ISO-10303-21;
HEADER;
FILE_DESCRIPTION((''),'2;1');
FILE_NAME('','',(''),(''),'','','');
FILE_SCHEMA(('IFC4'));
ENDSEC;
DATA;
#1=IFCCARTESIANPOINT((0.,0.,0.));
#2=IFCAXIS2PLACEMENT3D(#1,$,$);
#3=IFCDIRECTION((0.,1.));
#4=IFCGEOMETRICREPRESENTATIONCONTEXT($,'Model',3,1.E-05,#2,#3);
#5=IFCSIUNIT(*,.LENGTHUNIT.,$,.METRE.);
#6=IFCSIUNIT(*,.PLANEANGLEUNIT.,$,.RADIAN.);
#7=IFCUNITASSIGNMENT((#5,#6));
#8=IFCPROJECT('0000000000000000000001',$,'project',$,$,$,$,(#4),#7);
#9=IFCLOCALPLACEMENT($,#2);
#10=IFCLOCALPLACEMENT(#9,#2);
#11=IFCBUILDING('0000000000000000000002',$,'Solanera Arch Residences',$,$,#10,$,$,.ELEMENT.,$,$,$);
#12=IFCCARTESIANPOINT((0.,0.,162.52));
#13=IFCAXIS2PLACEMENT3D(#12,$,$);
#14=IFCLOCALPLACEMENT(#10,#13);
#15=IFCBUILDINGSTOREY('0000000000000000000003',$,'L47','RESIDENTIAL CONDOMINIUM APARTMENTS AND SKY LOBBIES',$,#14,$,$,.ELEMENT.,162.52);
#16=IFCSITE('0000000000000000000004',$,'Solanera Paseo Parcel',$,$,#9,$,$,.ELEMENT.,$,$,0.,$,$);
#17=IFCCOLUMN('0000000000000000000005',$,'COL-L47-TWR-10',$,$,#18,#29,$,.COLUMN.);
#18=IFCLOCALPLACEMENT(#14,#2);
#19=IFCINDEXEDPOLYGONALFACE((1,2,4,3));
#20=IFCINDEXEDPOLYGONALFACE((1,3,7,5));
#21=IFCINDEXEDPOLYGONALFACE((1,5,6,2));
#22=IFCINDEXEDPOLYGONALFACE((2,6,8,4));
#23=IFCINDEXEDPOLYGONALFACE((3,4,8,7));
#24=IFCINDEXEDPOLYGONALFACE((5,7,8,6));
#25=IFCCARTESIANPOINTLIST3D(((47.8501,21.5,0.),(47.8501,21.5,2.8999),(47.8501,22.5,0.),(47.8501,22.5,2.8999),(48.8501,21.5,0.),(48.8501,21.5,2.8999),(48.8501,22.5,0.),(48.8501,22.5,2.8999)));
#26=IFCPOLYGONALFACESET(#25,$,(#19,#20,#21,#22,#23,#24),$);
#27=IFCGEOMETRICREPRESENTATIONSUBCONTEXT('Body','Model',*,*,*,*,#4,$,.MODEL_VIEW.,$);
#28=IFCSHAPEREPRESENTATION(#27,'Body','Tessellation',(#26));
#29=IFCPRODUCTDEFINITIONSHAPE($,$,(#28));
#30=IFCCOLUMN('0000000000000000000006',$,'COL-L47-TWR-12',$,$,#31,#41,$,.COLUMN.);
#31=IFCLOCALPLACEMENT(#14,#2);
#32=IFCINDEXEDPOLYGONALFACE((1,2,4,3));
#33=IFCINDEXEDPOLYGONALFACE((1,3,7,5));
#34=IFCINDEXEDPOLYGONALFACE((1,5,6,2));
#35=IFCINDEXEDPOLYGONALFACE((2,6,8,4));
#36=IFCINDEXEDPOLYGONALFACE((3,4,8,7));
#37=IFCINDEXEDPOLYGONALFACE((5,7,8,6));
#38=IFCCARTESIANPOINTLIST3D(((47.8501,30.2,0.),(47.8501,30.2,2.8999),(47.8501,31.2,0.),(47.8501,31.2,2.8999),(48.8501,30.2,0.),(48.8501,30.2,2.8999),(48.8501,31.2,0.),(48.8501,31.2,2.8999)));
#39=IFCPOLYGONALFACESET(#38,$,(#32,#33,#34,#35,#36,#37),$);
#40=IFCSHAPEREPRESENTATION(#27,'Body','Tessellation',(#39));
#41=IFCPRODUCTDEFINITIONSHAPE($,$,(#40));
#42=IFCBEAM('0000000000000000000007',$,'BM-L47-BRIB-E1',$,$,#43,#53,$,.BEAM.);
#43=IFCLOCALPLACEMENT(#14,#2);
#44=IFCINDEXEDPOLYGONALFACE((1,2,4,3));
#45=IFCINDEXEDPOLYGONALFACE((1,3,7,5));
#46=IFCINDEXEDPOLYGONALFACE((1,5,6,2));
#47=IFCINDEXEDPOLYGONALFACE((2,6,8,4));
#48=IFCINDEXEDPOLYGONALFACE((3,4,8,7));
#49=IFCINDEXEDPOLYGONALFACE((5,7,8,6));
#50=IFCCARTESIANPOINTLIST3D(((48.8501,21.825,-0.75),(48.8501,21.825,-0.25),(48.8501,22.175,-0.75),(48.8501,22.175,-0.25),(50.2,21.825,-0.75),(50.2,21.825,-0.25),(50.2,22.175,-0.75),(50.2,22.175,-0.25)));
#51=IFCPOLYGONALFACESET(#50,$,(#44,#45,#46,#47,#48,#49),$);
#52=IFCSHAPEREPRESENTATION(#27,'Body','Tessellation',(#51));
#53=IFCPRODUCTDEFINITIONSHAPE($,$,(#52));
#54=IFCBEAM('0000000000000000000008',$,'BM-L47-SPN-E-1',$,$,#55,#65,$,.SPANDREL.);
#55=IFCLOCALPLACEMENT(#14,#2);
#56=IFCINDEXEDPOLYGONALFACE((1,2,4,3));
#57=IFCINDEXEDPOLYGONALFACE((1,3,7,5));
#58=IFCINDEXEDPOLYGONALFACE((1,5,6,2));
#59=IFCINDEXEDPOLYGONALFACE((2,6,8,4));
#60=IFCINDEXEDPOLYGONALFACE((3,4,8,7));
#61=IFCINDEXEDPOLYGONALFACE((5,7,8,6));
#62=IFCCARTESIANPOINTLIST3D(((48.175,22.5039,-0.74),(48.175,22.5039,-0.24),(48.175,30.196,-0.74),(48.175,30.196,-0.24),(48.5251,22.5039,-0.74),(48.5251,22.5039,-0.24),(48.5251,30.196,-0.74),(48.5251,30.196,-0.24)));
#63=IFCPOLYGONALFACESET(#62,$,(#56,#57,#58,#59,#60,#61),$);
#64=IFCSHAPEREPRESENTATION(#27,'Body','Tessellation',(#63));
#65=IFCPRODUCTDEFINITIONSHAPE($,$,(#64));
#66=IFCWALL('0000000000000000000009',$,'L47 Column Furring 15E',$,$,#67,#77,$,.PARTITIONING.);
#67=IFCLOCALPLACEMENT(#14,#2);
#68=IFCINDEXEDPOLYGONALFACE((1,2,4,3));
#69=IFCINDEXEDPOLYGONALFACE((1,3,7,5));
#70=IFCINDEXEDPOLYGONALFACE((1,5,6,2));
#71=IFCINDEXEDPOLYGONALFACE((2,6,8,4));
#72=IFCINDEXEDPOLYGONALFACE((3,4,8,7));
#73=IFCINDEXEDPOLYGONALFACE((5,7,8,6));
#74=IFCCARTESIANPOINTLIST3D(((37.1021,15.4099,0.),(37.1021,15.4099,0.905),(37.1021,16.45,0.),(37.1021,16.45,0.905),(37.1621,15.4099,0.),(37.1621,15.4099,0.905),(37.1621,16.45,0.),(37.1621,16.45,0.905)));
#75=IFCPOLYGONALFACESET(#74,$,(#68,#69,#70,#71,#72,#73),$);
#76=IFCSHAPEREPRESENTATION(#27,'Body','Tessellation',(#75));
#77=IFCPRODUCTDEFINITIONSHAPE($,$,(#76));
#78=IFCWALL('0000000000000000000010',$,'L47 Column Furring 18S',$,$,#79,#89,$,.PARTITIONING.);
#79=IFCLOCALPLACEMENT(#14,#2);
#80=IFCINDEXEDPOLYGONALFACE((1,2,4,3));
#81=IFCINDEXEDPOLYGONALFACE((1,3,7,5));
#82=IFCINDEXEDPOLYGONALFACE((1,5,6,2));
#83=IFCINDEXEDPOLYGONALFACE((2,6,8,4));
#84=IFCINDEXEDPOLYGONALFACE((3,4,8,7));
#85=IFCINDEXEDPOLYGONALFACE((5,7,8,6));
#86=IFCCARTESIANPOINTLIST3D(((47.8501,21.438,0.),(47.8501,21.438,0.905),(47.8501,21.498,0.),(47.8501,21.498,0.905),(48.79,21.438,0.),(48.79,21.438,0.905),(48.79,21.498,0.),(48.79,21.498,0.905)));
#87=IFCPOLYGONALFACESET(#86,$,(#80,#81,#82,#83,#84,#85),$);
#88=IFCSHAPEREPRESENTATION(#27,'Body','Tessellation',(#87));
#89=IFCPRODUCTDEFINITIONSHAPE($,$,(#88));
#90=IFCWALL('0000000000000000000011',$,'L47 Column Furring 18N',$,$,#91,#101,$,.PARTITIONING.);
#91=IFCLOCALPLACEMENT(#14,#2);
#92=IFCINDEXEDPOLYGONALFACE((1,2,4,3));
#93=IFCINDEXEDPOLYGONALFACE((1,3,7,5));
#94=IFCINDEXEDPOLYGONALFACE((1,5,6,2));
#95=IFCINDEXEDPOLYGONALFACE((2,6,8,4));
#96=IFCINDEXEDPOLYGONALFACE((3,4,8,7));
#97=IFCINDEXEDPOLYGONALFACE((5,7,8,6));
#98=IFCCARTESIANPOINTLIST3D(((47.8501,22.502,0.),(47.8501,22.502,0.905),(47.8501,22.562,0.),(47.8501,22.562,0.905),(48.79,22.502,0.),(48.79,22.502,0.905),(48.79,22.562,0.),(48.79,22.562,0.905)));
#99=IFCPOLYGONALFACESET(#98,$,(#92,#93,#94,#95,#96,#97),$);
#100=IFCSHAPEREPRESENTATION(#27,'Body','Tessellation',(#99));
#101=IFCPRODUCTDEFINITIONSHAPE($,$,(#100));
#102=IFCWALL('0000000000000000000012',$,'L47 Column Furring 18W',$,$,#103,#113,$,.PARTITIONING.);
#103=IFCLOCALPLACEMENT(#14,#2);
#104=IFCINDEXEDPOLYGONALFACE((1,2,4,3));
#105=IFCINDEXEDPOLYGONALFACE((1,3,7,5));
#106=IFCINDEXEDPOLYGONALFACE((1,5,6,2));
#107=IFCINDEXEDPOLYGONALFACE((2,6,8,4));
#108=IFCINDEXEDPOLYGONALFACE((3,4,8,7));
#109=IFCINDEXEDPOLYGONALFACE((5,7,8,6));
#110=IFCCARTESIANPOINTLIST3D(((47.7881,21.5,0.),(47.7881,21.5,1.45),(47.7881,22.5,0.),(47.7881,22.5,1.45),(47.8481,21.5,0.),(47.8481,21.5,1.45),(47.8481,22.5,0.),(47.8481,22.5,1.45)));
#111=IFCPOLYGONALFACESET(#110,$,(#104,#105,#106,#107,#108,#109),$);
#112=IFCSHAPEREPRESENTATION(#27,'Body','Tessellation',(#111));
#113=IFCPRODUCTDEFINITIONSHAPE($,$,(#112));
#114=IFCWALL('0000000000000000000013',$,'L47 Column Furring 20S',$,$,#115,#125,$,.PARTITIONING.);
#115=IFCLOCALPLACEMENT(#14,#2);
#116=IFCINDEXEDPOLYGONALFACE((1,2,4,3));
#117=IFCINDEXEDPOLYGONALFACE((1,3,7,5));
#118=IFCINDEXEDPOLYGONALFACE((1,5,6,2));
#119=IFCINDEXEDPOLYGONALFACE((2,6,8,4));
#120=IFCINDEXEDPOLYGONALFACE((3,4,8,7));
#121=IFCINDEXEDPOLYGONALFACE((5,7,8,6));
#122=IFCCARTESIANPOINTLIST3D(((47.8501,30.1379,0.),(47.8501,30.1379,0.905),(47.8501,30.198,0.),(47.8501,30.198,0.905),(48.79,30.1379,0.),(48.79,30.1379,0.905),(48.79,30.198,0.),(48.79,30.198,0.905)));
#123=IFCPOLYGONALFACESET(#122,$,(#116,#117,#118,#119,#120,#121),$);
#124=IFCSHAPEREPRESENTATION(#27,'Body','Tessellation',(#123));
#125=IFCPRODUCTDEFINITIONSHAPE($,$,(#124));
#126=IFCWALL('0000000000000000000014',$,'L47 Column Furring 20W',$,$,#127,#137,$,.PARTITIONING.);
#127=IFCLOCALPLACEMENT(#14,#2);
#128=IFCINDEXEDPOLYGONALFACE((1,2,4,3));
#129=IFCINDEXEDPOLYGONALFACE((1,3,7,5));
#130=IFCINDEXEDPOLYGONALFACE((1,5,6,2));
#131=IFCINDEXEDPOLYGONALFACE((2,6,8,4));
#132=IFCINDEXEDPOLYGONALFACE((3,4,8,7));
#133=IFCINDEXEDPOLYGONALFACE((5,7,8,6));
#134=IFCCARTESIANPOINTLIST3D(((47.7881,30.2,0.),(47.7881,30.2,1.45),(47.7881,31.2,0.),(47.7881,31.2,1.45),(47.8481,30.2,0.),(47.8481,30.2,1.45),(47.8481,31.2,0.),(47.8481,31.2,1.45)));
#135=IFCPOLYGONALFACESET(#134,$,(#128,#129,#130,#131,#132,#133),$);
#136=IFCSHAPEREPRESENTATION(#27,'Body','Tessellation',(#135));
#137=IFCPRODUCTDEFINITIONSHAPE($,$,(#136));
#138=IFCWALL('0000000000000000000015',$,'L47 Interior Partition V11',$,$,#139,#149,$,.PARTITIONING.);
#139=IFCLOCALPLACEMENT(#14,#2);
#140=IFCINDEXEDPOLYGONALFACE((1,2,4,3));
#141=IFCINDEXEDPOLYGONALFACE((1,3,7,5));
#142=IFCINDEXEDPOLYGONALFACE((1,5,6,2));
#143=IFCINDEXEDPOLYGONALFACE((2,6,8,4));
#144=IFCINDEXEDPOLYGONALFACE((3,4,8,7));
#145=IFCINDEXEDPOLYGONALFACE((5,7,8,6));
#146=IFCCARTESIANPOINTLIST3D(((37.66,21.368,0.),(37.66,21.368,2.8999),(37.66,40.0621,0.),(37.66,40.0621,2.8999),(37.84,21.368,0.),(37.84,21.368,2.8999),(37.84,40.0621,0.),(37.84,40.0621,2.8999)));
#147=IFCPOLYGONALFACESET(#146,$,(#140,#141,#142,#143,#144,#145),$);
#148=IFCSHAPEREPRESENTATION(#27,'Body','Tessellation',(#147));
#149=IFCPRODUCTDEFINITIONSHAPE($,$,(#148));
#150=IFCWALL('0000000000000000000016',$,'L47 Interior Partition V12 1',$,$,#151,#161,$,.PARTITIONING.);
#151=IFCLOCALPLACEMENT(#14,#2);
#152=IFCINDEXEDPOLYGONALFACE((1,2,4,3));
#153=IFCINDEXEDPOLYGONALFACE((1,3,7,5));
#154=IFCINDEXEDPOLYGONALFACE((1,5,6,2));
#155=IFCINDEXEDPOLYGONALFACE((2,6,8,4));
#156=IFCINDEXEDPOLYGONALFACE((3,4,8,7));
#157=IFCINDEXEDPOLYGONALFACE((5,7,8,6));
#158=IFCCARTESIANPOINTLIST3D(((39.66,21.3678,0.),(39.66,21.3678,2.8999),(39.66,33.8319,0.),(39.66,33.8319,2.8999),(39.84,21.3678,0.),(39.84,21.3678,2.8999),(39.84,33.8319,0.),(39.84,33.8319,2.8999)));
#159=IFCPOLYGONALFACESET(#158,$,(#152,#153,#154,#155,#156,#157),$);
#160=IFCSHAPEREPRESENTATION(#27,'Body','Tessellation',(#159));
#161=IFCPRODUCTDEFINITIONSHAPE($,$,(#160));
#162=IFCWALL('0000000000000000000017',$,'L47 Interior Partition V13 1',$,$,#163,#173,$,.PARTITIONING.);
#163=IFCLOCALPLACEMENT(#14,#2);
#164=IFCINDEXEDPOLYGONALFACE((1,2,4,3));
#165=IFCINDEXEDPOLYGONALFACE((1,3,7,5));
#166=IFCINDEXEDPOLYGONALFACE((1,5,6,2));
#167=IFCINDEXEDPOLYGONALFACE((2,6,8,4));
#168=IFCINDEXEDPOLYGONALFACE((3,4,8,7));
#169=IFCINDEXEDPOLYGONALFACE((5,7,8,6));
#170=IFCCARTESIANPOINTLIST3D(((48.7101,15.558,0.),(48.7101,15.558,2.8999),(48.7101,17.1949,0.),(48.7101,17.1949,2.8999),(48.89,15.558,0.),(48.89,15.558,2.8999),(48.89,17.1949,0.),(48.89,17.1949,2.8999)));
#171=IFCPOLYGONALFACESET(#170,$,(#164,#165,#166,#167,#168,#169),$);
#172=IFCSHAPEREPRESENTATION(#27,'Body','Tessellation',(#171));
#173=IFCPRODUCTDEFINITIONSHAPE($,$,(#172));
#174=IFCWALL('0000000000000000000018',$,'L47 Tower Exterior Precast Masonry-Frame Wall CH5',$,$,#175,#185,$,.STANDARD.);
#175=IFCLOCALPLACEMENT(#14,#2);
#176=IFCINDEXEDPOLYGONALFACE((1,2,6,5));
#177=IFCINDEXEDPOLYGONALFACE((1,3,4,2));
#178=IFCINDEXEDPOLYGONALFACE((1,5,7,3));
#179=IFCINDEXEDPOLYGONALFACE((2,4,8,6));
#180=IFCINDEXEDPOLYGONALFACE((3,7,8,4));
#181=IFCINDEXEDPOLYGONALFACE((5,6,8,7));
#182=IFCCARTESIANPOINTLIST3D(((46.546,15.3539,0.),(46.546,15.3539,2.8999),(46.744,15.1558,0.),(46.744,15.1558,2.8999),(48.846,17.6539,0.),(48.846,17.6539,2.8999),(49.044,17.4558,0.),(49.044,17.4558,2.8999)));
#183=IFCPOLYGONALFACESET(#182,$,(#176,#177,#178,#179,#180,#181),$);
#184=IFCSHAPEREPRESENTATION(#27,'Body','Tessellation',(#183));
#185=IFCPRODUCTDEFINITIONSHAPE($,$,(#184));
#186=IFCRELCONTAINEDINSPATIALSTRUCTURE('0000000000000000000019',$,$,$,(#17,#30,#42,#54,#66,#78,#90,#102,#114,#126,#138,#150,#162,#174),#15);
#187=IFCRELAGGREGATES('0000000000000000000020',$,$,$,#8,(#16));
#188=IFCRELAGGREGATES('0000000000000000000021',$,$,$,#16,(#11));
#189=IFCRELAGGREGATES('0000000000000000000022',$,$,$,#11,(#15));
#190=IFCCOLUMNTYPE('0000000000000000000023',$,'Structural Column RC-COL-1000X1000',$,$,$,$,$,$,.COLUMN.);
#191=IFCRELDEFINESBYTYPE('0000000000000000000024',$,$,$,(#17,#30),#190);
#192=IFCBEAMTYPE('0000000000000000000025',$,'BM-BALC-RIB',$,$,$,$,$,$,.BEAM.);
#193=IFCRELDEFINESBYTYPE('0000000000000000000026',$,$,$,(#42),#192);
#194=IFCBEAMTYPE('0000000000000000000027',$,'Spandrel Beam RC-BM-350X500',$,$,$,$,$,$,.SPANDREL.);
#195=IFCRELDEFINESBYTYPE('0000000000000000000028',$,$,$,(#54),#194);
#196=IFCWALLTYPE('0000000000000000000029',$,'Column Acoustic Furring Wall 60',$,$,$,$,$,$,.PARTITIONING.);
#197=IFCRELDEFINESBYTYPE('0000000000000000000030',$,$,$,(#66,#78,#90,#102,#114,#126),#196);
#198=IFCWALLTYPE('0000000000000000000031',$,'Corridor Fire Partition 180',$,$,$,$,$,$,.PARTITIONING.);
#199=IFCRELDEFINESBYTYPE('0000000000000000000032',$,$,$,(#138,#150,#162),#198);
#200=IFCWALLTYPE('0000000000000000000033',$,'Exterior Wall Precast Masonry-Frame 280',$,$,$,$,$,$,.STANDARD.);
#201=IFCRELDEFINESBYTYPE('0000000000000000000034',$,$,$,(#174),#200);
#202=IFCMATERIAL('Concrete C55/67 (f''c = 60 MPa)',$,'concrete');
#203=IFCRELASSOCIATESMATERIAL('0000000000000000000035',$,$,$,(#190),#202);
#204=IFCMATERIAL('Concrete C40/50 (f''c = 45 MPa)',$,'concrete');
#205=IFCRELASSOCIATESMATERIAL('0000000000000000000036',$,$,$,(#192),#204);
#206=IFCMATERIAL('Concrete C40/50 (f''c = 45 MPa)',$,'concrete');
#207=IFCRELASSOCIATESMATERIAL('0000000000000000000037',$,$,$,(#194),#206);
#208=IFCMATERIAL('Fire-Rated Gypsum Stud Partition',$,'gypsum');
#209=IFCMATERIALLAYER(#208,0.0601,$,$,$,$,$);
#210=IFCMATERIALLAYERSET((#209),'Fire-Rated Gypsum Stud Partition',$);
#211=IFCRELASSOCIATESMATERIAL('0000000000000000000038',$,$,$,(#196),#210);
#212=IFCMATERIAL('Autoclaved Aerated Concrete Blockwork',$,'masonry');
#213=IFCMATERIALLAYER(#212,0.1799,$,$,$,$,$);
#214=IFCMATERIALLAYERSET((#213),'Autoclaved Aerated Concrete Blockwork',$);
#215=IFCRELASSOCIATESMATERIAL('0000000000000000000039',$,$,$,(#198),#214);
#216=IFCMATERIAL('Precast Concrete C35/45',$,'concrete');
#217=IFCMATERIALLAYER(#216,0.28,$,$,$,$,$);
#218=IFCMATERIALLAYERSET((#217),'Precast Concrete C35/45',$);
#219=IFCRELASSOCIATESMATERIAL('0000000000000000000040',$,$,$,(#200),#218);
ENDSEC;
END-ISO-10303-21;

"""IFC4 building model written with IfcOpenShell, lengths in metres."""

from ifc_helpers import new_model, si_unit, direction, frame, frame_2d, origin, origin_2d, place, context, subcontext, project, spatial, rectangle, extrude, material, layer, layer_set, material_profile, profile_set, type_object, element, save


model = new_model("IFC4")

# Units and contexts
model_context = context("Model", 3, precision=1e-05, world=origin(), true_north=direction((0.0, 1.0)))
body_context = subcontext(model_context, "Body", "Model", "MODEL_VIEW")
ifc_project = project(units=[si_unit("LENGTHUNIT", "METRE"), si_unit("PLANEANGLEUNIT", "RADIAN")], contexts=[model_context])

# Site, building, storey
site_placement = place(None, origin())
site = spatial("IfcSite", under=ifc_project, at=site_placement, Name="Solanera Paseo Parcel", CompositionType="ELEMENT", RefElevation=0.0)
building_placement = place(site_placement, origin())
building = spatial("IfcBuilding", under=site, at=building_placement, Name="Solanera Arch Residences", CompositionType="ELEMENT")
storey_placement = place(building_placement, frame((0.0, 0.0, 162.52)))
storey = spatial("IfcBuildingStorey", under=building, at=storey_placement, Name="L47", Description="RESIDENTIAL CONDOMINIUM APARTMENTS AND SKY LOBBIES", CompositionType="ELEMENT", Elevation=162.52)

# Columns
ifc_material_1 = material(Name="Concrete C55/67 (f'c = 60 MPa)", Category="concrete")
ifc_material_profile_1 = material_profile(ifc_material_1, rectangle(XDim=1.0, YDim=1.0, at=origin_2d()))
ifc_profile_set_1 = profile_set([ifc_material_profile_1], Name="Concrete C55/67 (f'c = 60 MPa)")
column_type = type_object("IfcColumnType", Name="Structural Column RC-COL-1000X1000", PredefinedType="COLUMN", material=ifc_profile_set_1)
for number, where, z_axis, x_axis, name in (
    (1, (48.3501, 22.0, 0.0), (0.0, 0.0, 1.0), (1.0, 0.0, 0.0), "COL-L47-TWR-10"),
    (2, (48.3501, 30.7, 0.0), (0.0, 0.0, 1.0), (1.0, 0.0, 0.0), "COL-L47-TWR-12"),
):
    element("IfcColumn", number, at=place(storey_placement, frame(where, z_axis=z_axis, x_axis=x_axis)), inside=storey, type_object=column_type, Name=name, PredefinedType="COLUMN", context=body_context, shape_type="SweptSolid", body=[
        extrude(rectangle(XDim=1.0, YDim=1.0, at=origin_2d()), origin(), (0.0, 0.0, 1.0), 2.8999),
    ])

# Beams
ifc_material_2 = material(Name="Concrete C40/50 (f'c = 45 MPa)", Category="concrete")
ifc_material_profile_2 = material_profile(ifc_material_2, rectangle(XDim=0.3501, YDim=0.5, at=origin_2d()))
ifc_profile_set_2 = profile_set([ifc_material_profile_2], Name="Concrete C40/50 (f'c = 45 MPa)")
beam_type_1 = type_object("IfcBeamType", Name="BM-BALC-RIB", PredefinedType="BEAM", material=ifc_profile_set_2)
beam_1_placement = place(storey_placement, frame((48.8501, 22.0, -0.5), z_axis=(1.0, 0.0, 0.0), x_axis=(0.0, 1.0, 0.0)))
element("IfcBeam", 3, at=beam_1_placement, inside=storey, type_object=beam_type_1, Name="BM-L47-BRIB-E1", PredefinedType="BEAM", context=body_context, shape_type="SweptSolid", body=[
    extrude(rectangle(XDim=0.3501, YDim=0.5, at=origin_2d()), origin(), (0.0, 0.0, 1.0), 1.3499),
])
ifc_material_3 = material(Name="Concrete C40/50 (f'c = 45 MPa)", Category="concrete")
ifc_material_profile_3 = material_profile(ifc_material_3, rectangle(XDim=0.3501, YDim=0.5, at=origin_2d()))
ifc_profile_set_3 = profile_set([ifc_material_profile_3], Name="Concrete C40/50 (f'c = 45 MPa)")
beam_type_2 = type_object("IfcBeamType", Name="Spandrel Beam RC-BM-350X500", PredefinedType="SPANDREL", material=ifc_profile_set_3)
beam_2_placement = place(storey_placement, frame((48.3501, 22.5039, -0.49), z_axis=(0.0, 1.0, 0.0), x_axis=(-1.0, 0.0, 0.0)))
element("IfcBeam", 4, at=beam_2_placement, inside=storey, type_object=beam_type_2, Name="BM-L47-SPN-E-1", PredefinedType="SPANDREL", context=body_context, shape_type="SweptSolid", body=[
    extrude(rectangle(XDim=0.3501, YDim=0.5, at=origin_2d()), origin(), (0.0, 0.0, 1.0), 7.6921),
])

# Walls
ifc_material_4 = material(Name="Fire-Rated Gypsum Stud Partition", Category="gypsum")
ifc_layer_1 = layer(ifc_material_4, 0.0601)
ifc_layer_set_1 = layer_set([ifc_layer_1], Name="Fire-Rated Gypsum Stud Partition")
wall_type_1 = type_object("IfcWallType", Name="Column Acoustic Furring Wall 60", PredefinedType="PARTITIONING", material=ifc_layer_set_1)
wall_1_placement = place(storey_placement, frame((37.1321, 15.4099, 0.0), z_axis=(0.0, 0.0, 1.0), x_axis=(0.0, 1.0, 0.0)))
element("IfcWall", 5, at=wall_1_placement, inside=storey, type_object=wall_type_1, Name="L47 Column Furring 15E", PredefinedType="PARTITIONING", context=body_context, shape_type="SweptSolid", body=[
    extrude(rectangle(XDim=1.04, YDim=0.0601, at=frame_2d((0.52, 0.0))), origin(), (0.0, 0.0, 1.0), 0.905),
])
for number, where, z_axis, x_axis, name in (
    (6, (47.8501, 21.468, 0.0), (0.0, 0.0, 1.0), (1.0, 0.0, 0.0), "L47 Column Furring 18S"),
    (7, (47.8501, 22.532, 0.0), (0.0, 0.0, 1.0), (1.0, 0.0, 0.0), "L47 Column Furring 18N"),
):
    element("IfcWall", number, at=place(storey_placement, frame(where, z_axis=z_axis, x_axis=x_axis)), inside=storey, type_object=wall_type_1, Name=name, PredefinedType="PARTITIONING", context=body_context, shape_type="SweptSolid", body=[
        extrude(rectangle(XDim=0.9399, YDim=0.0601, at=frame_2d((0.47, 0.0))), origin(), (0.0, 0.0, 1.0), 0.905),
    ])
wall_2_placement = place(storey_placement, frame((47.8181, 21.5, 0.0), z_axis=(0.0, 0.0, 1.0), x_axis=(0.0, 1.0, 0.0)))
element("IfcWall", 8, at=wall_2_placement, inside=storey, type_object=wall_type_1, Name="L47 Column Furring 18W", PredefinedType="PARTITIONING", context=body_context, shape_type="SweptSolid", body=[
    extrude(rectangle(XDim=1.0, YDim=0.0601, at=frame_2d((0.5, 0.0))), origin(), (0.0, 0.0, 1.0), 1.45),
])
wall_3_placement = place(storey_placement, frame((47.8501, 30.168, 0.0), z_axis=(0.0, 0.0, 1.0), x_axis=(1.0, 0.0, 0.0)))
element("IfcWall", 9, at=wall_3_placement, inside=storey, type_object=wall_type_1, Name="L47 Column Furring 20S", PredefinedType="PARTITIONING", context=body_context, shape_type="SweptSolid", body=[
    extrude(rectangle(XDim=0.9399, YDim=0.0601, at=frame_2d((0.47, 0.0))), origin(), (0.0, 0.0, 1.0), 0.905),
])
wall_4_placement = place(storey_placement, frame((47.8181, 30.2, 0.0), z_axis=(0.0, 0.0, 1.0), x_axis=(0.0, 1.0, 0.0)))
element("IfcWall", 10, at=wall_4_placement, inside=storey, type_object=wall_type_1, Name="L47 Column Furring 20W", PredefinedType="PARTITIONING", context=body_context, shape_type="SweptSolid", body=[
    extrude(rectangle(XDim=1.0, YDim=0.0601, at=frame_2d((0.5, 0.0))), origin(), (0.0, 0.0, 1.0), 1.45),
])
ifc_material_5 = material(Name="Autoclaved Aerated Concrete Blockwork", Category="masonry")
ifc_layer_2 = layer(ifc_material_5, 0.1799)
ifc_layer_set_2 = layer_set([ifc_layer_2], Name="Autoclaved Aerated Concrete Blockwork")
wall_type_2 = type_object("IfcWallType", Name="Corridor Fire Partition 180", PredefinedType="PARTITIONING", material=ifc_layer_set_2)
wall_5_placement = place(storey_placement, frame((37.75, 21.3679, 0.0), z_axis=(0.0, 0.0, 1.0), x_axis=(0.0, 1.0, 0.0)))
element("IfcWall", 11, at=wall_5_placement, inside=storey, type_object=wall_type_2, Name="L47 Interior Partition V11", PredefinedType="PARTITIONING", context=body_context, shape_type="SweptSolid", body=[
    extrude(rectangle(XDim=18.6941, YDim=0.1799, at=frame_2d((9.3472, 0.0))), origin(), (0.0, 0.0, 1.0), 2.8999),
])
wall_6_placement = place(storey_placement, frame((39.75, 21.3679, 0.0), z_axis=(0.0, 0.0, 1.0), x_axis=(0.0, 1.0, 0.0)))
element("IfcWall", 12, at=wall_6_placement, inside=storey, type_object=wall_type_2, Name="L47 Interior Partition V12 1", PredefinedType="PARTITIONING", context=body_context, shape_type="SweptSolid", body=[
    extrude(rectangle(XDim=12.4641, YDim=0.1799, at=frame_2d((6.2319, 0.0))), origin(), (0.0, 0.0, 1.0), 2.8999),
])
wall_7_placement = place(storey_placement, frame((48.8, 15.5581, 0.0), z_axis=(0.0, 0.0, 1.0), x_axis=(0.0, 1.0, 0.0)))
element("IfcWall", 13, at=wall_7_placement, inside=storey, type_object=wall_type_2, Name="L47 Interior Partition V13 1", PredefinedType="PARTITIONING", context=body_context, shape_type="SweptSolid", body=[
    extrude(rectangle(XDim=1.637, YDim=0.1799, at=frame_2d((0.8184, 0.0))), origin(), (0.0, 0.0, 1.0), 2.8999),
])
ifc_material_6 = material(Name="Precast Concrete C35/45", Category="concrete")
ifc_layer_3 = layer(ifc_material_6, 0.28)
ifc_layer_set_3 = layer_set([ifc_layer_3], Name="Precast Concrete C35/45")
wall_type_3 = type_object("IfcWallType", Name="Exterior Wall Precast Masonry-Frame 280", PredefinedType="STANDARD", material=ifc_layer_set_3)
wall_8_placement = place(storey_placement, frame((48.9451, 17.5549, 0.0), z_axis=(0.0, 0.0, 1.0), x_axis=(-0.707107, -0.707107, 0.0)))
element("IfcWall", 14, at=wall_8_placement, inside=storey, type_object=wall_type_3, Name="L47 Tower Exterior Precast Masonry-Frame Wall CH5", PredefinedType="STANDARD", context=body_context, shape_type="SweptSolid", body=[
    extrude(rectangle(XDim=3.2527, YDim=0.28, at=frame_2d((1.6265, 0.0))), origin(), (0.0, 0.0, 1.0), 2.8999),
])

save(model, "model.ifc")
